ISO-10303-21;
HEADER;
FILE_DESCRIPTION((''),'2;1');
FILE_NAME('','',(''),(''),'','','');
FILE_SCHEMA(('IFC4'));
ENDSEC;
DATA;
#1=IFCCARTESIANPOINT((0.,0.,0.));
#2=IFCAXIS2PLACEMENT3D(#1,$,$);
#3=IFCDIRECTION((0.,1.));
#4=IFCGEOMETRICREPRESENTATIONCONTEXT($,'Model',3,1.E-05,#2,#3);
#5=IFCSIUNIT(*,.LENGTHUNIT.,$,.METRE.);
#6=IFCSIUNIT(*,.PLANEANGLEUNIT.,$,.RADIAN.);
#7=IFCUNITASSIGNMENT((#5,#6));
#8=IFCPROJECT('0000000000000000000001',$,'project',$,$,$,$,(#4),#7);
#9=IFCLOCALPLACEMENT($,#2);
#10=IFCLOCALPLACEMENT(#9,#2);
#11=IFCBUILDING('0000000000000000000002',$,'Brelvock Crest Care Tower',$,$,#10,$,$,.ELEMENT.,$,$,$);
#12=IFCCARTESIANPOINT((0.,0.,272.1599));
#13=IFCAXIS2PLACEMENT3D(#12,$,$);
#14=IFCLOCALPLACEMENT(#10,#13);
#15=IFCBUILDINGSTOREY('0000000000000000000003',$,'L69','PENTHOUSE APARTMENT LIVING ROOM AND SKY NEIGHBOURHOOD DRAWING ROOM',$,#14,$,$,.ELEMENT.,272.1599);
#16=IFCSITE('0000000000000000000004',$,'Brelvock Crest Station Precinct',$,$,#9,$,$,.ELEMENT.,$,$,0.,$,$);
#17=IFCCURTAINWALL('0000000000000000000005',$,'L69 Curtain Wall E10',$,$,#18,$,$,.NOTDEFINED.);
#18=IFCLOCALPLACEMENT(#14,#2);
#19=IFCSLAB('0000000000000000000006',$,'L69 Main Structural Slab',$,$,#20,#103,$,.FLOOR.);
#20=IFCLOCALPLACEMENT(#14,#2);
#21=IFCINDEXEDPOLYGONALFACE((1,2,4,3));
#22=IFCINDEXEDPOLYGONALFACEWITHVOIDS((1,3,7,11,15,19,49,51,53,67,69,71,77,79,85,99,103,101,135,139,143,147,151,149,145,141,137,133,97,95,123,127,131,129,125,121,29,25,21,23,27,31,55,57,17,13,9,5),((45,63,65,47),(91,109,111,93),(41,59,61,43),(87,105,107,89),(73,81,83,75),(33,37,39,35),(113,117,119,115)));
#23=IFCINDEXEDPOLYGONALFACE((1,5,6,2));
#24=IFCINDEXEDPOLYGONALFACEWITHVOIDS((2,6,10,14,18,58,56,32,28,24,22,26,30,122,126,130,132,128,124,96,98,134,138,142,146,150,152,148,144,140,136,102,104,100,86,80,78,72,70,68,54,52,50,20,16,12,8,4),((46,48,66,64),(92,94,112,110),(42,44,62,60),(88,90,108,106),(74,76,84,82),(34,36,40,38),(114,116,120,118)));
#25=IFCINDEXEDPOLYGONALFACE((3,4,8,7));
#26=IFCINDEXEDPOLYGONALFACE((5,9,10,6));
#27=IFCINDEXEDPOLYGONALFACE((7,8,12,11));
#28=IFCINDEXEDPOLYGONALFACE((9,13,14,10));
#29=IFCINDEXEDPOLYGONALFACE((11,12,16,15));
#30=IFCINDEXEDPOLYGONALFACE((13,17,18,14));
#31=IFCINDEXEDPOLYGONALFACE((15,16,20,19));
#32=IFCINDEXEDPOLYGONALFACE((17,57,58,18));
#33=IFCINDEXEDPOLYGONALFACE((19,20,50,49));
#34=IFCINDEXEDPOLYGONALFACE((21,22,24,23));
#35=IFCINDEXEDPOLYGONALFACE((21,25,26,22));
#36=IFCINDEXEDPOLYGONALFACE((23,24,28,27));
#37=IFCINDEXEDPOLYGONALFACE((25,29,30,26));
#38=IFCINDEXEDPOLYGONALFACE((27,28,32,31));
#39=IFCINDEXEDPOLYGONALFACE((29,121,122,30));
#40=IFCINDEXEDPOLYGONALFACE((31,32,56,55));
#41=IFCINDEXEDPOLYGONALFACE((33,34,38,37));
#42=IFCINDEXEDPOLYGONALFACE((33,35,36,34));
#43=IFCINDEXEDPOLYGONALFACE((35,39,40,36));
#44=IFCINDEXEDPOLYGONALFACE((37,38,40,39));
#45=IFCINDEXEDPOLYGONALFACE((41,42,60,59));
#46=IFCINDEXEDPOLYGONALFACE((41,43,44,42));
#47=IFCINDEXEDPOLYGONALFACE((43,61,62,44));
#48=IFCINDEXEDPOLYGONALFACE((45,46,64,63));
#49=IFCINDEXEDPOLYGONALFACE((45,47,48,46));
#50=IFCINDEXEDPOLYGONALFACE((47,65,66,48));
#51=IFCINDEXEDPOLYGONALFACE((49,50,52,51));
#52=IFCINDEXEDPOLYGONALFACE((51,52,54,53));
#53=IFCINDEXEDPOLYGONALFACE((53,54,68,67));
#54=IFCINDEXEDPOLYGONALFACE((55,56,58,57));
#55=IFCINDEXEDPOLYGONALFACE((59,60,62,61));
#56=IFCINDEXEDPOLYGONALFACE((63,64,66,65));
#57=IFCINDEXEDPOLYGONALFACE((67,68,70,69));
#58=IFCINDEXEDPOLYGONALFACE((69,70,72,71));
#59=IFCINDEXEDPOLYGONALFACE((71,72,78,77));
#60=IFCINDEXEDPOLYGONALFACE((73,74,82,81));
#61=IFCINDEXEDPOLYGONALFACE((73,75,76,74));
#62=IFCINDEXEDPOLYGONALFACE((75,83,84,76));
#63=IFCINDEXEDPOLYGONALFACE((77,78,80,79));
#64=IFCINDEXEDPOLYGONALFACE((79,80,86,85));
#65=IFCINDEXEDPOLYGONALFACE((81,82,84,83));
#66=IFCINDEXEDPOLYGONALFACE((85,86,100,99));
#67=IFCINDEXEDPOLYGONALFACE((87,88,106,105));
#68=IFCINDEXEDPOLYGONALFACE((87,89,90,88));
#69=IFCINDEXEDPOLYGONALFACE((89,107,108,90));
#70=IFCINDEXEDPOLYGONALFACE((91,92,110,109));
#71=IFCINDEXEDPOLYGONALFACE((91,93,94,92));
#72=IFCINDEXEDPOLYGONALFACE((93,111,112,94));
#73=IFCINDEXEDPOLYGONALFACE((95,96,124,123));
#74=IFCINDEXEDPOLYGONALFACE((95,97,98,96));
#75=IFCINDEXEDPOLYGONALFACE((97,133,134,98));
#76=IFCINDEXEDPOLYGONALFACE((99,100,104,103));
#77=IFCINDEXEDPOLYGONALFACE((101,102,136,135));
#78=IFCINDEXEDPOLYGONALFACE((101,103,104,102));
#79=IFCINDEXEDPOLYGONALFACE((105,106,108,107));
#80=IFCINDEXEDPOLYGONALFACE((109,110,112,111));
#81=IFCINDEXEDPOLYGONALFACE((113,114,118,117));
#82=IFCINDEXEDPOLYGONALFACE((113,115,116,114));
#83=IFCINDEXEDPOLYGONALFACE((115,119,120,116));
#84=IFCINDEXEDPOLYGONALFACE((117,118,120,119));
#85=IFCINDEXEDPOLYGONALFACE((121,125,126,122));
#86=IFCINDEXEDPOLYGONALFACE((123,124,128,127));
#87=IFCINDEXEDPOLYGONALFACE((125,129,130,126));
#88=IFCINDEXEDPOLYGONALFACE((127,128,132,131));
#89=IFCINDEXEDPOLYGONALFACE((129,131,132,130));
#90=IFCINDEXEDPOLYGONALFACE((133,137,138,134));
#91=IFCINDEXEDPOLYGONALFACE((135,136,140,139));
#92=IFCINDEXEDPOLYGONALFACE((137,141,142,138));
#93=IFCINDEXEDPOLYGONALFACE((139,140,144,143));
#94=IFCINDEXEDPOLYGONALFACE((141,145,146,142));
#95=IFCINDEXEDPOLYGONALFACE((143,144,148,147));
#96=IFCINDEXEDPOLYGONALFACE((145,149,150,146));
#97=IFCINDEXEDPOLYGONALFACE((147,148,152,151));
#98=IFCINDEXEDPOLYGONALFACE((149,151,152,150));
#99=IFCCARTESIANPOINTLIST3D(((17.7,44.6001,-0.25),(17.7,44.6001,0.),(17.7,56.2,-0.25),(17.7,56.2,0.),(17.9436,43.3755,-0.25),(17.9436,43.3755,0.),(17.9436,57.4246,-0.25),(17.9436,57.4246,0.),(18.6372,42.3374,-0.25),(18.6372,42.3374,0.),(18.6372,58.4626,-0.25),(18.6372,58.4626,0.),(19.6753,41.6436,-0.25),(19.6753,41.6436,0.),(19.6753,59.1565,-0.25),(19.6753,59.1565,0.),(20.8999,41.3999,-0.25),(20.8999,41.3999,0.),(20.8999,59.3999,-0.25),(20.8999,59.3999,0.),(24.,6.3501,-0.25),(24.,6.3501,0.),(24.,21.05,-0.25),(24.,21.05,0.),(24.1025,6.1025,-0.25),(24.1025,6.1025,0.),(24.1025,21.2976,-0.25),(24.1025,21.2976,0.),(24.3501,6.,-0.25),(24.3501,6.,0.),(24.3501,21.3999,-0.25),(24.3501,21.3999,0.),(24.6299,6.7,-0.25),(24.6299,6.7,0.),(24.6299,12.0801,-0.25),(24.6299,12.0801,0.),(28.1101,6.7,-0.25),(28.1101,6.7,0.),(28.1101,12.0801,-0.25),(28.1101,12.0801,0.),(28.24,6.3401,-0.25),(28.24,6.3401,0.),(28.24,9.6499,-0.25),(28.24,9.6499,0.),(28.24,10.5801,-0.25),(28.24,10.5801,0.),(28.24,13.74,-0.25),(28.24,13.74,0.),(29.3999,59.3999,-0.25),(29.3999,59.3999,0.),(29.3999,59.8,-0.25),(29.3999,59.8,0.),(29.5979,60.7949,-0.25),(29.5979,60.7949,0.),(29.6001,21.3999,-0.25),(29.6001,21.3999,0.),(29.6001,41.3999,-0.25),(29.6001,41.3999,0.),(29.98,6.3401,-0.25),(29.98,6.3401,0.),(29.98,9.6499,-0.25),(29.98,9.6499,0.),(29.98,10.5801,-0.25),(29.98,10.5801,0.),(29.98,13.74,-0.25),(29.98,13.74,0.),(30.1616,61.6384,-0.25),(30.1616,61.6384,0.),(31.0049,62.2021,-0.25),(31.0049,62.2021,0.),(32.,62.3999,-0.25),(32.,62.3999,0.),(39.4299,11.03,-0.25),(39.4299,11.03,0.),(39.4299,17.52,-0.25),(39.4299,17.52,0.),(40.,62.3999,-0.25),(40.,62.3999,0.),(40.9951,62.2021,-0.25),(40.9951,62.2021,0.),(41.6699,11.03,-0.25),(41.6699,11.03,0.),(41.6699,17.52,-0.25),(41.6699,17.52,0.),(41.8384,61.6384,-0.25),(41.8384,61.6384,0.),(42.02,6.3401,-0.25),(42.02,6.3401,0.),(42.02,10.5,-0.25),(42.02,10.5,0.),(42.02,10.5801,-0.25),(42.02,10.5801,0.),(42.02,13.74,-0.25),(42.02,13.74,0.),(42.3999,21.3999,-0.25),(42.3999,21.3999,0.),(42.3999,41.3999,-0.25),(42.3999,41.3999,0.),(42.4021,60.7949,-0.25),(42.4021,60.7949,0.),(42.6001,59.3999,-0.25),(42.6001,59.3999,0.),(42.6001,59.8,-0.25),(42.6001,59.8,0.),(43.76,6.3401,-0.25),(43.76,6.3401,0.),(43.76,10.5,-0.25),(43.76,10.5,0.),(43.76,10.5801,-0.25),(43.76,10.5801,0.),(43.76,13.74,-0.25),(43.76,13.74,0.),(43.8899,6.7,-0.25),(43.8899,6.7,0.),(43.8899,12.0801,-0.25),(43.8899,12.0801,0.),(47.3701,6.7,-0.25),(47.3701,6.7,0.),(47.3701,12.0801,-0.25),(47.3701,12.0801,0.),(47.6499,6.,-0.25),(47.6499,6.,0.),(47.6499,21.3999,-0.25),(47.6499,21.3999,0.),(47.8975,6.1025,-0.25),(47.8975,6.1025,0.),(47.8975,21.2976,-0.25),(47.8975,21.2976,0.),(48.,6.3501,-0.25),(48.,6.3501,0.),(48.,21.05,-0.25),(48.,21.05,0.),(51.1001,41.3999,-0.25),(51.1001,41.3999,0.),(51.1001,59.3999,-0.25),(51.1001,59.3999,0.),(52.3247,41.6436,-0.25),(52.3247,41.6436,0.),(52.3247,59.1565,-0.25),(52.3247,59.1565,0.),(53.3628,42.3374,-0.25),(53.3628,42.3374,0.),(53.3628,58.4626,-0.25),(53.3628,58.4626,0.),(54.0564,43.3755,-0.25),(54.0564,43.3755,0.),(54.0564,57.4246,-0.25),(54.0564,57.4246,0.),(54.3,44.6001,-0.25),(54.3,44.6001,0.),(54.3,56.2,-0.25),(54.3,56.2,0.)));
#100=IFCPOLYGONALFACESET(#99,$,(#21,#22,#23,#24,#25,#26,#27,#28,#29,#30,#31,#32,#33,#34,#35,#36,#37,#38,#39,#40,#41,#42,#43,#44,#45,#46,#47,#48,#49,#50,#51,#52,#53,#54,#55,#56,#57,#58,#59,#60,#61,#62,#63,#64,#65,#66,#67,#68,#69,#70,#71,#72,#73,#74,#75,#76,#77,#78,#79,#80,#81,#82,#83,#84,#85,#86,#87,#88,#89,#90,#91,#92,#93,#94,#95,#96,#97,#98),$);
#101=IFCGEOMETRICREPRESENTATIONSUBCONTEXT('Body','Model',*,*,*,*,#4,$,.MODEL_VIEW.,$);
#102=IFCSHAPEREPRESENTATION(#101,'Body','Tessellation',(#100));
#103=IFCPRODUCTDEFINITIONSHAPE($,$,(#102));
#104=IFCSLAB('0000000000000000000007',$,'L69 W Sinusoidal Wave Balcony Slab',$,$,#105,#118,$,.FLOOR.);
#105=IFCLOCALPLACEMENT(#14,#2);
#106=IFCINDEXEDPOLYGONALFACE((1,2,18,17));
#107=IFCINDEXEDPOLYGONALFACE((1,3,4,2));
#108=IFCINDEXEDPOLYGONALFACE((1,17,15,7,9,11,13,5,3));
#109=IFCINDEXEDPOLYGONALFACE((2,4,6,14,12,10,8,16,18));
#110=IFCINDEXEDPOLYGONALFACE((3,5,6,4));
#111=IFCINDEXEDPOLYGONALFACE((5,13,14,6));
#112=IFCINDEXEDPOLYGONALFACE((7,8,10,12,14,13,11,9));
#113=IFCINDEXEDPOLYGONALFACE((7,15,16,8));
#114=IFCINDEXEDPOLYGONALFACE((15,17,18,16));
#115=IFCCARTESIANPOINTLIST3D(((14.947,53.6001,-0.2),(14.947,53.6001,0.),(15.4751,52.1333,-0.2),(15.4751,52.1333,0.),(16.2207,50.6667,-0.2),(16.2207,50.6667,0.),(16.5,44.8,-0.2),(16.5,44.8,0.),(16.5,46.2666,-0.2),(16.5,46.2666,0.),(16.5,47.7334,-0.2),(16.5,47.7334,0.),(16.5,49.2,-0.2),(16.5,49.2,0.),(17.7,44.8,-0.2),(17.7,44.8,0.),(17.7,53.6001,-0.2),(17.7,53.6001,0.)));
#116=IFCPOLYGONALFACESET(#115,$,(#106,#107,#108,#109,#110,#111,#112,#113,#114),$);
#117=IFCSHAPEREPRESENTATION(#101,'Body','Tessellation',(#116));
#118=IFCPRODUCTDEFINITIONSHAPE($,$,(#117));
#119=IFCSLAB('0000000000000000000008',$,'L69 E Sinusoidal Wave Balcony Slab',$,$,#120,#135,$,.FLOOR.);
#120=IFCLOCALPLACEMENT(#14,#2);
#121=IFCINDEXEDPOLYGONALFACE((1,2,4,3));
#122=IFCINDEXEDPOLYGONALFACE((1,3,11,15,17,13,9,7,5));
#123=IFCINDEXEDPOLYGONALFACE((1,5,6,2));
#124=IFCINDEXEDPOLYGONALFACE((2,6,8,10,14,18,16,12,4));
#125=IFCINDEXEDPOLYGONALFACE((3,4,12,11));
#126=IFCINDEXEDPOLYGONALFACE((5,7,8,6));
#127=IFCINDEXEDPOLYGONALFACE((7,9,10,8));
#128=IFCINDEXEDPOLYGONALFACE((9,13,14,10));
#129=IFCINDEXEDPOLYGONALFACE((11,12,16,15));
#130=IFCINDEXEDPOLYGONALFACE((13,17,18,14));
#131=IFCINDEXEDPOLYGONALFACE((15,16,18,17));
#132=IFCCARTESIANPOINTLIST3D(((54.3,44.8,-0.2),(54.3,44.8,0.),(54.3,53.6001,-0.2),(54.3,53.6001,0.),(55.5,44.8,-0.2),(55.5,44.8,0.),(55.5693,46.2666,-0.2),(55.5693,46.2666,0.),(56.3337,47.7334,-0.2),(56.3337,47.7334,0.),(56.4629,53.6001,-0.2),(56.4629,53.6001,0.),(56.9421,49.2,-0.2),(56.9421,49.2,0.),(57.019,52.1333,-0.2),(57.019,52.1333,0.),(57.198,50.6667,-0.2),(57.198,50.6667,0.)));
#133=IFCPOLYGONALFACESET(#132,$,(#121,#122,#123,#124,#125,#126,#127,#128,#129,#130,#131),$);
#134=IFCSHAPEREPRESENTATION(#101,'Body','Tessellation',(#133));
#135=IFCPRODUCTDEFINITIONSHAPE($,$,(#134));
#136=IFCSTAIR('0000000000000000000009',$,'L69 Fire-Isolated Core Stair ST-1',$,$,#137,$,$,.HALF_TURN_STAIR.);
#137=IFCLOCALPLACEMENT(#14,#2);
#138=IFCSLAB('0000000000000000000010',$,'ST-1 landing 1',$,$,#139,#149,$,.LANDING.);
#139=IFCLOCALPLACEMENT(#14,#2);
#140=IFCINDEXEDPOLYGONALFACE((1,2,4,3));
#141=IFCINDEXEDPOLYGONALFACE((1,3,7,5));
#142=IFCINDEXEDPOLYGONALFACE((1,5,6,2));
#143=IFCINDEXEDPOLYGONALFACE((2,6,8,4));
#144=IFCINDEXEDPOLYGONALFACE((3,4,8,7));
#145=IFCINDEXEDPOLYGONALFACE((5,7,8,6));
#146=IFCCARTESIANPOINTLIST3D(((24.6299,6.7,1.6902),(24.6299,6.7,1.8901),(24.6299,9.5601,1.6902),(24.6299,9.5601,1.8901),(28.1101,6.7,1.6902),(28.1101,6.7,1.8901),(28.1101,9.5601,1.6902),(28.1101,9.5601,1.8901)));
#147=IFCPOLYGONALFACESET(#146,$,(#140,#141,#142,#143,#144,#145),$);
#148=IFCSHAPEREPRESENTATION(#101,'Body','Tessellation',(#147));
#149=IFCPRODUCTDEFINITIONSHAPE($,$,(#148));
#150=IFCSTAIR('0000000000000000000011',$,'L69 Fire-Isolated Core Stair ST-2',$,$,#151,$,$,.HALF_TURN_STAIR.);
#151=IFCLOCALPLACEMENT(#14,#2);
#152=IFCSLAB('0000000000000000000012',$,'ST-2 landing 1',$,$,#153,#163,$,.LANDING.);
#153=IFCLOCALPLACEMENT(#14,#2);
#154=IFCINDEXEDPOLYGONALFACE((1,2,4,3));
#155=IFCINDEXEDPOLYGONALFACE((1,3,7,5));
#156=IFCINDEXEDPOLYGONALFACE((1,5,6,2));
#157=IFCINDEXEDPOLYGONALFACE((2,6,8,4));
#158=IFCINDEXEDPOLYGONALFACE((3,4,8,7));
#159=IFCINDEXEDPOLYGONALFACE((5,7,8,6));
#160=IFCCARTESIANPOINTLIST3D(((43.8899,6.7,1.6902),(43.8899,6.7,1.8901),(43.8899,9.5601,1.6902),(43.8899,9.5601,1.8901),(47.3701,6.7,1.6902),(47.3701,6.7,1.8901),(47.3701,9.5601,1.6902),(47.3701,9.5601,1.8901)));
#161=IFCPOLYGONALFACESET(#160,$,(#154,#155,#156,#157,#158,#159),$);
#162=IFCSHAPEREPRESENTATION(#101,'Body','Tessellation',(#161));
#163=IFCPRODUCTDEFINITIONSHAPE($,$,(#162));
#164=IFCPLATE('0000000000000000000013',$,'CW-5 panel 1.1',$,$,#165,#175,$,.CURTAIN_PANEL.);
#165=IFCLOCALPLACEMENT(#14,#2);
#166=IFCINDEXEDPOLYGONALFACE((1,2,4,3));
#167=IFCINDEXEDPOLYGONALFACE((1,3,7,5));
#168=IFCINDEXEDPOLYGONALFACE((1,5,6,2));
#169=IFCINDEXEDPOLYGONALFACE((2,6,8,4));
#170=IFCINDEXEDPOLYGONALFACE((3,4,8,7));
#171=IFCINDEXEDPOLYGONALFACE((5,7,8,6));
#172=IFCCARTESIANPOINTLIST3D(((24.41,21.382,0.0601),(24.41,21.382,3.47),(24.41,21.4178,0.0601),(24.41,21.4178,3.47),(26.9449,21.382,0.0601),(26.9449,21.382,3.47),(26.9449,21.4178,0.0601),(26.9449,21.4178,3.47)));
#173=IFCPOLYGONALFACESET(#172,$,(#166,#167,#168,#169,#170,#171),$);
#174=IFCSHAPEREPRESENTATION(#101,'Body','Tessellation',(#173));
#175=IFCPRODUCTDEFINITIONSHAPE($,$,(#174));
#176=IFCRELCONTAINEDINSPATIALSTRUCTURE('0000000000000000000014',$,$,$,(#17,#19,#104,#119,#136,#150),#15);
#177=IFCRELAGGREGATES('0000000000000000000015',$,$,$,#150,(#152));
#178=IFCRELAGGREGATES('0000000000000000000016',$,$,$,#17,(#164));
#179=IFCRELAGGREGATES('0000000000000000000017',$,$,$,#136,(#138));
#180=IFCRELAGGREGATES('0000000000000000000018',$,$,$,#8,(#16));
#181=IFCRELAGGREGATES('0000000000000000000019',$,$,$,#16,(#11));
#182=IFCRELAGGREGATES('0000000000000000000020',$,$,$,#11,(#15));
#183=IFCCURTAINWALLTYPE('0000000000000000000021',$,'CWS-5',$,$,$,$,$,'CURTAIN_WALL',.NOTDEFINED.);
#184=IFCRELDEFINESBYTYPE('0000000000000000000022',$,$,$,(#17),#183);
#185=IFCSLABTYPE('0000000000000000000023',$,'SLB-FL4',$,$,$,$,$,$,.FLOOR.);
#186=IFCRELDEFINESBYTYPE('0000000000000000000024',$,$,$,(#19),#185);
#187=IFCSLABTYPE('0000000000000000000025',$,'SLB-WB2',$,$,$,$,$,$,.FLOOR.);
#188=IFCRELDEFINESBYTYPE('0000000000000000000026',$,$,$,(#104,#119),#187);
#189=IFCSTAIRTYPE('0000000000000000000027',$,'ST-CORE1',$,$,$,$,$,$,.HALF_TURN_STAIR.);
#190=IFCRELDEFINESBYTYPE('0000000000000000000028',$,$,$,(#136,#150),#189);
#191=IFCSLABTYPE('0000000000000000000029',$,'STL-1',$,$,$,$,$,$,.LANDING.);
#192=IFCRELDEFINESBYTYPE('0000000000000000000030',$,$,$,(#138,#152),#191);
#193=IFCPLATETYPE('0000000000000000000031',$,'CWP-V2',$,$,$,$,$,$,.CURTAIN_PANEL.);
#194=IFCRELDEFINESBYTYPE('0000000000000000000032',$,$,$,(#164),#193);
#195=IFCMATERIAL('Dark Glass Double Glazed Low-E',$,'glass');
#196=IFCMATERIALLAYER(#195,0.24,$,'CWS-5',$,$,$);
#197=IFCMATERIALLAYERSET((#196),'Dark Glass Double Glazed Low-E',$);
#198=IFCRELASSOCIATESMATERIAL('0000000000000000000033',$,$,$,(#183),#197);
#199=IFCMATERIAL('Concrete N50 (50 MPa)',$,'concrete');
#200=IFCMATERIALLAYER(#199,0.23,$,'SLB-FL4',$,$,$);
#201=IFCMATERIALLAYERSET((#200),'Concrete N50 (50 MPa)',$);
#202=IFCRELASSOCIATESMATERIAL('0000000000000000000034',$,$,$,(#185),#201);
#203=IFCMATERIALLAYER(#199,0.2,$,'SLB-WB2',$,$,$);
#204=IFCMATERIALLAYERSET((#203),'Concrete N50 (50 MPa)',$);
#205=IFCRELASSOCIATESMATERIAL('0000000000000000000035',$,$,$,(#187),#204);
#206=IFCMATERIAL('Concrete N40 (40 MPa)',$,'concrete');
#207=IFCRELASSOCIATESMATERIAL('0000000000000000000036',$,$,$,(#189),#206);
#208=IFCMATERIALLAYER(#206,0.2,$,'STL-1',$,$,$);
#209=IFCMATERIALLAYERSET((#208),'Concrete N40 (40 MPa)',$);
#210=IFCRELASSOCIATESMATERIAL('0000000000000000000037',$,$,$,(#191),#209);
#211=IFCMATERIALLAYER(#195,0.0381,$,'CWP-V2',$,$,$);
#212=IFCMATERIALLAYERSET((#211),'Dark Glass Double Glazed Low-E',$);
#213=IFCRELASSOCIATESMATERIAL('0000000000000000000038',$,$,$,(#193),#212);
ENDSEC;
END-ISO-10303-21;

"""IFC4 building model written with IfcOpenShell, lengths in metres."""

from ifc_helpers import new_model, si_unit, direction, frame, origin, origin_2d, place, context, subcontext, project, spatial, polyline, rectangle, outline, extrude, source, transform, mapped, material, layer, layer_set, type_object, element, aggregate, save


model = new_model("IFC4")

# Units and contexts
model_context = context("Model", 3, precision=1e-05, world=origin(), true_north=direction((0.0, 1.0)))
body_context = subcontext(model_context, "Body", "Model", "MODEL_VIEW")
ifc_project = project(units=[si_unit("LENGTHUNIT", "METRE"), si_unit("PLANEANGLEUNIT", "RADIAN")], contexts=[model_context])

# Site, building, storey
site_placement = place(None, origin())
site = spatial("IfcSite", under=ifc_project, at=site_placement, Name="Brelvock Crest Station Precinct", CompositionType="ELEMENT", RefElevation=0.0)
building_placement = place(site_placement, origin())
building = spatial("IfcBuilding", under=site, at=building_placement, Name="Brelvock Crest Care Tower", CompositionType="ELEMENT")
storey_placement = place(building_placement, frame((0.0, 0.0, 272.1599)))
storey = spatial("IfcBuildingStorey", under=building, at=storey_placement, Name="L69", Description="PENTHOUSE APARTMENT LIVING ROOM AND SKY NEIGHBOURHOOD DRAWING ROOM", CompositionType="ELEMENT", Elevation=272.1599)

# Curtain wall
ifc_material_1 = material(Name="Dark Glass Double Glazed Low-E", Category="glass")
ifc_layer_1 = layer(ifc_material_1, 0.24, Name="CWS-5")
ifc_layer_set_1 = layer_set([ifc_layer_1], Name="Dark Glass Double Glazed Low-E")
curtain_wall_type = type_object("IfcCurtainWallType", Name="CWS-5", ElementType="CURTAIN_WALL", PredefinedType="NOTDEFINED", material=ifc_layer_set_1)
curtain_wall_placement = place(storey_placement, origin())
curtain_wall = element("IfcCurtainWall", 1, at=curtain_wall_placement, inside=storey, type_object=curtain_wall_type, Name="L69 Curtain Wall E10", PredefinedType="NOTDEFINED")

# Slabs
ifc_material_2 = material(Name="Concrete N50 (50 MPa)", Category="concrete")
ifc_layer_2 = layer(ifc_material_2, 0.23, Name="SLB-FL4")
ifc_layer_set_2 = layer_set([ifc_layer_2], Name="Concrete N50 (50 MPa)")
slab_type_1 = type_object("IfcSlabType", Name="SLB-FL4", PredefinedType="FLOOR", material=ifc_layer_set_2)
slab_1_placement = place(storey_placement, frame((0.0, 0.0, -0.25)))
element("IfcSlab", 2, at=slab_1_placement, inside=storey, type_object=slab_type_1, Name="L69 Main Structural Slab", PredefinedType="FLOOR", context=body_context, shape_type="SweptSolid", body=[
    extrude(outline(polyline([(47.6499, 21.3999), (42.3999, 21.3999), (42.3999, 41.3999), (51.1001, 41.3999), (52.3247, 41.6436), (53.3628, 42.3374), (54.0564, 43.3755), (54.3, 44.6001), (54.3, 56.2), (54.0564, 57.4246), (53.3628, 58.4626), (52.3247, 59.1565), (51.1001, 59.3999), (42.6001, 59.3999), (42.6001, 59.8), (42.4021, 60.7949), (41.8384, 61.6384), (40.9951, 62.2021), (40.0, 62.3999), (32.0, 62.3999), (31.0049, 62.2021), (30.1616, 61.6384), (29.5979, 60.7949), (29.3999, 59.8), (29.3999, 59.3999), (20.8999, 59.3999), (19.6753, 59.1565), (18.6372, 58.4626), (17.9436, 57.4246), (17.7, 56.2), (17.7, 44.6001), (17.9436, 43.3755), (18.6372, 42.3374), (19.6753, 41.6436), (20.8999, 41.3999), (29.6001, 41.3999), (29.6001, 21.3999), (24.3501, 21.3999), (24.1025, 21.2976), (24.0, 21.05), (24.0, 6.3501), (24.1025, 6.1025), (24.3501, 6.0), (47.6499, 6.0), (47.8975, 6.1025), (48.0, 6.3501), (48.0, 21.05), (47.8975, 21.2976), (47.6499, 21.3999)]), holes=[polyline([(28.24, 10.5801), (29.98, 10.5801), (29.98, 13.74), (28.24, 13.74), (28.24, 10.5801)]), polyline([(42.02, 10.5801), (43.76, 10.5801), (43.76, 13.74), (42.02, 13.74), (42.02, 10.5801)]), polyline([(28.24, 6.3401), (29.98, 6.3401), (29.98, 9.6499), (28.24, 9.6499), (28.24, 6.3401)]), polyline([(24.6299, 12.0801), (24.6299, 6.7), (28.1101, 6.7), (28.1101, 12.0801), (24.6299, 12.0801)]), polyline([(43.8899, 12.0801), (43.8899, 6.7), (47.3701, 6.7), (47.3701, 12.0801), (43.8899, 12.0801)]), polyline([(42.02, 6.3401), (43.76, 6.3401), (43.76, 10.5), (42.02, 10.5), (42.02, 6.3401)]), polyline([(39.4299, 11.03), (41.6699, 11.03), (41.6699, 17.52), (39.4299, 17.52), (39.4299, 11.03)])]), origin(), (0.0, 0.0, 1.0), 0.25),
])
ifc_layer_3 = layer(ifc_material_2, 0.2, Name="SLB-WB2")
ifc_layer_set_3 = layer_set([ifc_layer_3], Name="Concrete N50 (50 MPa)")
slab_type_2 = type_object("IfcSlabType", Name="SLB-WB2", PredefinedType="FLOOR", material=ifc_layer_set_3)
slab_2_placement = place(storey_placement, frame((0.0, 0.0, -0.2)))
element("IfcSlab", 3, at=slab_2_placement, inside=storey, type_object=slab_type_2, Name="L69 W Sinusoidal Wave Balcony Slab", PredefinedType="FLOOR", context=body_context, shape_type="SweptSolid", body=[
    extrude(outline(polyline([(17.7, 53.6001), (14.947, 53.6001), (15.4751, 52.1333), (16.2207, 50.6667), (16.5, 49.2), (16.5, 47.7334), (16.5, 46.2666), (16.5, 44.8), (17.7, 44.8), (17.7, 53.6001)])), origin(), (0.0, 0.0, 1.0), 0.2),
])
slab_3_placement = place(storey_placement, frame((0.0, 0.0, -0.2)))
element("IfcSlab", 4, at=slab_3_placement, inside=storey, type_object=slab_type_2, Name="L69 E Sinusoidal Wave Balcony Slab", PredefinedType="FLOOR", context=body_context, shape_type="SweptSolid", body=[
    extrude(outline(polyline([(54.3, 44.8), (55.5, 44.8), (55.5693, 46.2666), (56.3337, 47.7334), (56.9421, 49.2), (57.198, 50.6667), (57.019, 52.1333), (56.4629, 53.6001), (54.3, 53.6001), (54.3, 44.8)])), origin(), (0.0, 0.0, 1.0), 0.2),
])

# Stairs, slabs
ifc_material_3 = material(Name="Concrete N40 (40 MPa)", Category="concrete")
stair_type = type_object("IfcStairType", Name="ST-CORE1", PredefinedType="HALF_TURN_STAIR", material=ifc_material_3)
stair_1_placement = place(storey_placement, origin())
stair_1 = element("IfcStair", 5, at=stair_1_placement, inside=storey, type_object=stair_type, Name="L69 Fire-Isolated Core Stair ST-1", PredefinedType="HALF_TURN_STAIR")
ifc_layer_4 = layer(ifc_material_3, 0.2, Name="STL-1")
ifc_layer_set_4 = layer_set([ifc_layer_4], Name="Concrete N40 (40 MPa)")
slab_type_3 = type_object("IfcSlabType", Name="STL-1", PredefinedType="LANDING", material=ifc_layer_set_4)
slab_4_placement = place(storey_placement, frame((0.0, 0.0, 1.6902)))
slab_4 = element("IfcSlab", 6, at=slab_4_placement, type_object=slab_type_3, Name="ST-1 landing 1", PredefinedType="LANDING", context=body_context, shape_type="SweptSolid", body=[
    extrude(outline(polyline([(24.6299, 9.5601), (24.6299, 6.7), (28.1101, 6.7), (28.1101, 9.5601), (24.6299, 9.5601)])), origin(), (0.0, 0.0, 1.0), 0.2),
])
stair_2_placement = place(storey_placement, origin())
stair_2 = element("IfcStair", 7, at=stair_2_placement, inside=storey, type_object=stair_type, Name="L69 Fire-Isolated Core Stair ST-2", PredefinedType="HALF_TURN_STAIR")
slab_5_placement = place(storey_placement, frame((0.0, 0.0, 1.6902)))
slab_5 = element("IfcSlab", 8, at=slab_5_placement, type_object=slab_type_3, Name="ST-2 landing 1", PredefinedType="LANDING", context=body_context, shape_type="SweptSolid", body=[
    extrude(outline(polyline([(43.8899, 9.5601), (43.8899, 6.7), (47.3701, 6.7), (47.3701, 9.5601), (43.8899, 9.5601)])), origin(), (0.0, 0.0, 1.0), 0.2),
])
aggregate(stair_2, [slab_5])

# Plate
ifc_layer_5 = layer(ifc_material_1, 0.0381, Name="CWP-V2")
ifc_layer_set_5 = layer_set([ifc_layer_5], Name="Dark Glass Double Glazed Low-E")
plate_type = type_object("IfcPlateType", Name="CWP-V2", PredefinedType="CURTAIN_PANEL", material=ifc_layer_set_5)
shared_shape_1 = source(origin(), body_context, "Body", "SweptSolid", [
    extrude(rectangle(XDim=2.5349, YDim=0.0359, at=origin_2d()), origin(), (0.0, 0.0, 1.0), 3.4099),
])
plate_placement = place(storey_placement, frame((25.6775, 21.3999, 0.0601), z_axis=(0.0, 0.0, 1.0), x_axis=(1.0, 0.0, 0.0)))
plate = element("IfcPlate", 9, at=plate_placement, type_object=plate_type, Name="CW-5 panel 1.1", PredefinedType="CURTAIN_PANEL", context=body_context, shape_type="MappedRepresentation", body=[
    mapped(shared_shape_1, transform((0.0, 0.0, 0.0), x_axis=(1.0, 0.0, 0.0), y_axis=(0.0, 1.0, 0.0), z_axis=(0.0, 0.0, 1.0), scale=1.0)),
])
aggregate(curtain_wall, [plate])

aggregate(stair_1, [slab_4])

save(model, "model.ifc")
